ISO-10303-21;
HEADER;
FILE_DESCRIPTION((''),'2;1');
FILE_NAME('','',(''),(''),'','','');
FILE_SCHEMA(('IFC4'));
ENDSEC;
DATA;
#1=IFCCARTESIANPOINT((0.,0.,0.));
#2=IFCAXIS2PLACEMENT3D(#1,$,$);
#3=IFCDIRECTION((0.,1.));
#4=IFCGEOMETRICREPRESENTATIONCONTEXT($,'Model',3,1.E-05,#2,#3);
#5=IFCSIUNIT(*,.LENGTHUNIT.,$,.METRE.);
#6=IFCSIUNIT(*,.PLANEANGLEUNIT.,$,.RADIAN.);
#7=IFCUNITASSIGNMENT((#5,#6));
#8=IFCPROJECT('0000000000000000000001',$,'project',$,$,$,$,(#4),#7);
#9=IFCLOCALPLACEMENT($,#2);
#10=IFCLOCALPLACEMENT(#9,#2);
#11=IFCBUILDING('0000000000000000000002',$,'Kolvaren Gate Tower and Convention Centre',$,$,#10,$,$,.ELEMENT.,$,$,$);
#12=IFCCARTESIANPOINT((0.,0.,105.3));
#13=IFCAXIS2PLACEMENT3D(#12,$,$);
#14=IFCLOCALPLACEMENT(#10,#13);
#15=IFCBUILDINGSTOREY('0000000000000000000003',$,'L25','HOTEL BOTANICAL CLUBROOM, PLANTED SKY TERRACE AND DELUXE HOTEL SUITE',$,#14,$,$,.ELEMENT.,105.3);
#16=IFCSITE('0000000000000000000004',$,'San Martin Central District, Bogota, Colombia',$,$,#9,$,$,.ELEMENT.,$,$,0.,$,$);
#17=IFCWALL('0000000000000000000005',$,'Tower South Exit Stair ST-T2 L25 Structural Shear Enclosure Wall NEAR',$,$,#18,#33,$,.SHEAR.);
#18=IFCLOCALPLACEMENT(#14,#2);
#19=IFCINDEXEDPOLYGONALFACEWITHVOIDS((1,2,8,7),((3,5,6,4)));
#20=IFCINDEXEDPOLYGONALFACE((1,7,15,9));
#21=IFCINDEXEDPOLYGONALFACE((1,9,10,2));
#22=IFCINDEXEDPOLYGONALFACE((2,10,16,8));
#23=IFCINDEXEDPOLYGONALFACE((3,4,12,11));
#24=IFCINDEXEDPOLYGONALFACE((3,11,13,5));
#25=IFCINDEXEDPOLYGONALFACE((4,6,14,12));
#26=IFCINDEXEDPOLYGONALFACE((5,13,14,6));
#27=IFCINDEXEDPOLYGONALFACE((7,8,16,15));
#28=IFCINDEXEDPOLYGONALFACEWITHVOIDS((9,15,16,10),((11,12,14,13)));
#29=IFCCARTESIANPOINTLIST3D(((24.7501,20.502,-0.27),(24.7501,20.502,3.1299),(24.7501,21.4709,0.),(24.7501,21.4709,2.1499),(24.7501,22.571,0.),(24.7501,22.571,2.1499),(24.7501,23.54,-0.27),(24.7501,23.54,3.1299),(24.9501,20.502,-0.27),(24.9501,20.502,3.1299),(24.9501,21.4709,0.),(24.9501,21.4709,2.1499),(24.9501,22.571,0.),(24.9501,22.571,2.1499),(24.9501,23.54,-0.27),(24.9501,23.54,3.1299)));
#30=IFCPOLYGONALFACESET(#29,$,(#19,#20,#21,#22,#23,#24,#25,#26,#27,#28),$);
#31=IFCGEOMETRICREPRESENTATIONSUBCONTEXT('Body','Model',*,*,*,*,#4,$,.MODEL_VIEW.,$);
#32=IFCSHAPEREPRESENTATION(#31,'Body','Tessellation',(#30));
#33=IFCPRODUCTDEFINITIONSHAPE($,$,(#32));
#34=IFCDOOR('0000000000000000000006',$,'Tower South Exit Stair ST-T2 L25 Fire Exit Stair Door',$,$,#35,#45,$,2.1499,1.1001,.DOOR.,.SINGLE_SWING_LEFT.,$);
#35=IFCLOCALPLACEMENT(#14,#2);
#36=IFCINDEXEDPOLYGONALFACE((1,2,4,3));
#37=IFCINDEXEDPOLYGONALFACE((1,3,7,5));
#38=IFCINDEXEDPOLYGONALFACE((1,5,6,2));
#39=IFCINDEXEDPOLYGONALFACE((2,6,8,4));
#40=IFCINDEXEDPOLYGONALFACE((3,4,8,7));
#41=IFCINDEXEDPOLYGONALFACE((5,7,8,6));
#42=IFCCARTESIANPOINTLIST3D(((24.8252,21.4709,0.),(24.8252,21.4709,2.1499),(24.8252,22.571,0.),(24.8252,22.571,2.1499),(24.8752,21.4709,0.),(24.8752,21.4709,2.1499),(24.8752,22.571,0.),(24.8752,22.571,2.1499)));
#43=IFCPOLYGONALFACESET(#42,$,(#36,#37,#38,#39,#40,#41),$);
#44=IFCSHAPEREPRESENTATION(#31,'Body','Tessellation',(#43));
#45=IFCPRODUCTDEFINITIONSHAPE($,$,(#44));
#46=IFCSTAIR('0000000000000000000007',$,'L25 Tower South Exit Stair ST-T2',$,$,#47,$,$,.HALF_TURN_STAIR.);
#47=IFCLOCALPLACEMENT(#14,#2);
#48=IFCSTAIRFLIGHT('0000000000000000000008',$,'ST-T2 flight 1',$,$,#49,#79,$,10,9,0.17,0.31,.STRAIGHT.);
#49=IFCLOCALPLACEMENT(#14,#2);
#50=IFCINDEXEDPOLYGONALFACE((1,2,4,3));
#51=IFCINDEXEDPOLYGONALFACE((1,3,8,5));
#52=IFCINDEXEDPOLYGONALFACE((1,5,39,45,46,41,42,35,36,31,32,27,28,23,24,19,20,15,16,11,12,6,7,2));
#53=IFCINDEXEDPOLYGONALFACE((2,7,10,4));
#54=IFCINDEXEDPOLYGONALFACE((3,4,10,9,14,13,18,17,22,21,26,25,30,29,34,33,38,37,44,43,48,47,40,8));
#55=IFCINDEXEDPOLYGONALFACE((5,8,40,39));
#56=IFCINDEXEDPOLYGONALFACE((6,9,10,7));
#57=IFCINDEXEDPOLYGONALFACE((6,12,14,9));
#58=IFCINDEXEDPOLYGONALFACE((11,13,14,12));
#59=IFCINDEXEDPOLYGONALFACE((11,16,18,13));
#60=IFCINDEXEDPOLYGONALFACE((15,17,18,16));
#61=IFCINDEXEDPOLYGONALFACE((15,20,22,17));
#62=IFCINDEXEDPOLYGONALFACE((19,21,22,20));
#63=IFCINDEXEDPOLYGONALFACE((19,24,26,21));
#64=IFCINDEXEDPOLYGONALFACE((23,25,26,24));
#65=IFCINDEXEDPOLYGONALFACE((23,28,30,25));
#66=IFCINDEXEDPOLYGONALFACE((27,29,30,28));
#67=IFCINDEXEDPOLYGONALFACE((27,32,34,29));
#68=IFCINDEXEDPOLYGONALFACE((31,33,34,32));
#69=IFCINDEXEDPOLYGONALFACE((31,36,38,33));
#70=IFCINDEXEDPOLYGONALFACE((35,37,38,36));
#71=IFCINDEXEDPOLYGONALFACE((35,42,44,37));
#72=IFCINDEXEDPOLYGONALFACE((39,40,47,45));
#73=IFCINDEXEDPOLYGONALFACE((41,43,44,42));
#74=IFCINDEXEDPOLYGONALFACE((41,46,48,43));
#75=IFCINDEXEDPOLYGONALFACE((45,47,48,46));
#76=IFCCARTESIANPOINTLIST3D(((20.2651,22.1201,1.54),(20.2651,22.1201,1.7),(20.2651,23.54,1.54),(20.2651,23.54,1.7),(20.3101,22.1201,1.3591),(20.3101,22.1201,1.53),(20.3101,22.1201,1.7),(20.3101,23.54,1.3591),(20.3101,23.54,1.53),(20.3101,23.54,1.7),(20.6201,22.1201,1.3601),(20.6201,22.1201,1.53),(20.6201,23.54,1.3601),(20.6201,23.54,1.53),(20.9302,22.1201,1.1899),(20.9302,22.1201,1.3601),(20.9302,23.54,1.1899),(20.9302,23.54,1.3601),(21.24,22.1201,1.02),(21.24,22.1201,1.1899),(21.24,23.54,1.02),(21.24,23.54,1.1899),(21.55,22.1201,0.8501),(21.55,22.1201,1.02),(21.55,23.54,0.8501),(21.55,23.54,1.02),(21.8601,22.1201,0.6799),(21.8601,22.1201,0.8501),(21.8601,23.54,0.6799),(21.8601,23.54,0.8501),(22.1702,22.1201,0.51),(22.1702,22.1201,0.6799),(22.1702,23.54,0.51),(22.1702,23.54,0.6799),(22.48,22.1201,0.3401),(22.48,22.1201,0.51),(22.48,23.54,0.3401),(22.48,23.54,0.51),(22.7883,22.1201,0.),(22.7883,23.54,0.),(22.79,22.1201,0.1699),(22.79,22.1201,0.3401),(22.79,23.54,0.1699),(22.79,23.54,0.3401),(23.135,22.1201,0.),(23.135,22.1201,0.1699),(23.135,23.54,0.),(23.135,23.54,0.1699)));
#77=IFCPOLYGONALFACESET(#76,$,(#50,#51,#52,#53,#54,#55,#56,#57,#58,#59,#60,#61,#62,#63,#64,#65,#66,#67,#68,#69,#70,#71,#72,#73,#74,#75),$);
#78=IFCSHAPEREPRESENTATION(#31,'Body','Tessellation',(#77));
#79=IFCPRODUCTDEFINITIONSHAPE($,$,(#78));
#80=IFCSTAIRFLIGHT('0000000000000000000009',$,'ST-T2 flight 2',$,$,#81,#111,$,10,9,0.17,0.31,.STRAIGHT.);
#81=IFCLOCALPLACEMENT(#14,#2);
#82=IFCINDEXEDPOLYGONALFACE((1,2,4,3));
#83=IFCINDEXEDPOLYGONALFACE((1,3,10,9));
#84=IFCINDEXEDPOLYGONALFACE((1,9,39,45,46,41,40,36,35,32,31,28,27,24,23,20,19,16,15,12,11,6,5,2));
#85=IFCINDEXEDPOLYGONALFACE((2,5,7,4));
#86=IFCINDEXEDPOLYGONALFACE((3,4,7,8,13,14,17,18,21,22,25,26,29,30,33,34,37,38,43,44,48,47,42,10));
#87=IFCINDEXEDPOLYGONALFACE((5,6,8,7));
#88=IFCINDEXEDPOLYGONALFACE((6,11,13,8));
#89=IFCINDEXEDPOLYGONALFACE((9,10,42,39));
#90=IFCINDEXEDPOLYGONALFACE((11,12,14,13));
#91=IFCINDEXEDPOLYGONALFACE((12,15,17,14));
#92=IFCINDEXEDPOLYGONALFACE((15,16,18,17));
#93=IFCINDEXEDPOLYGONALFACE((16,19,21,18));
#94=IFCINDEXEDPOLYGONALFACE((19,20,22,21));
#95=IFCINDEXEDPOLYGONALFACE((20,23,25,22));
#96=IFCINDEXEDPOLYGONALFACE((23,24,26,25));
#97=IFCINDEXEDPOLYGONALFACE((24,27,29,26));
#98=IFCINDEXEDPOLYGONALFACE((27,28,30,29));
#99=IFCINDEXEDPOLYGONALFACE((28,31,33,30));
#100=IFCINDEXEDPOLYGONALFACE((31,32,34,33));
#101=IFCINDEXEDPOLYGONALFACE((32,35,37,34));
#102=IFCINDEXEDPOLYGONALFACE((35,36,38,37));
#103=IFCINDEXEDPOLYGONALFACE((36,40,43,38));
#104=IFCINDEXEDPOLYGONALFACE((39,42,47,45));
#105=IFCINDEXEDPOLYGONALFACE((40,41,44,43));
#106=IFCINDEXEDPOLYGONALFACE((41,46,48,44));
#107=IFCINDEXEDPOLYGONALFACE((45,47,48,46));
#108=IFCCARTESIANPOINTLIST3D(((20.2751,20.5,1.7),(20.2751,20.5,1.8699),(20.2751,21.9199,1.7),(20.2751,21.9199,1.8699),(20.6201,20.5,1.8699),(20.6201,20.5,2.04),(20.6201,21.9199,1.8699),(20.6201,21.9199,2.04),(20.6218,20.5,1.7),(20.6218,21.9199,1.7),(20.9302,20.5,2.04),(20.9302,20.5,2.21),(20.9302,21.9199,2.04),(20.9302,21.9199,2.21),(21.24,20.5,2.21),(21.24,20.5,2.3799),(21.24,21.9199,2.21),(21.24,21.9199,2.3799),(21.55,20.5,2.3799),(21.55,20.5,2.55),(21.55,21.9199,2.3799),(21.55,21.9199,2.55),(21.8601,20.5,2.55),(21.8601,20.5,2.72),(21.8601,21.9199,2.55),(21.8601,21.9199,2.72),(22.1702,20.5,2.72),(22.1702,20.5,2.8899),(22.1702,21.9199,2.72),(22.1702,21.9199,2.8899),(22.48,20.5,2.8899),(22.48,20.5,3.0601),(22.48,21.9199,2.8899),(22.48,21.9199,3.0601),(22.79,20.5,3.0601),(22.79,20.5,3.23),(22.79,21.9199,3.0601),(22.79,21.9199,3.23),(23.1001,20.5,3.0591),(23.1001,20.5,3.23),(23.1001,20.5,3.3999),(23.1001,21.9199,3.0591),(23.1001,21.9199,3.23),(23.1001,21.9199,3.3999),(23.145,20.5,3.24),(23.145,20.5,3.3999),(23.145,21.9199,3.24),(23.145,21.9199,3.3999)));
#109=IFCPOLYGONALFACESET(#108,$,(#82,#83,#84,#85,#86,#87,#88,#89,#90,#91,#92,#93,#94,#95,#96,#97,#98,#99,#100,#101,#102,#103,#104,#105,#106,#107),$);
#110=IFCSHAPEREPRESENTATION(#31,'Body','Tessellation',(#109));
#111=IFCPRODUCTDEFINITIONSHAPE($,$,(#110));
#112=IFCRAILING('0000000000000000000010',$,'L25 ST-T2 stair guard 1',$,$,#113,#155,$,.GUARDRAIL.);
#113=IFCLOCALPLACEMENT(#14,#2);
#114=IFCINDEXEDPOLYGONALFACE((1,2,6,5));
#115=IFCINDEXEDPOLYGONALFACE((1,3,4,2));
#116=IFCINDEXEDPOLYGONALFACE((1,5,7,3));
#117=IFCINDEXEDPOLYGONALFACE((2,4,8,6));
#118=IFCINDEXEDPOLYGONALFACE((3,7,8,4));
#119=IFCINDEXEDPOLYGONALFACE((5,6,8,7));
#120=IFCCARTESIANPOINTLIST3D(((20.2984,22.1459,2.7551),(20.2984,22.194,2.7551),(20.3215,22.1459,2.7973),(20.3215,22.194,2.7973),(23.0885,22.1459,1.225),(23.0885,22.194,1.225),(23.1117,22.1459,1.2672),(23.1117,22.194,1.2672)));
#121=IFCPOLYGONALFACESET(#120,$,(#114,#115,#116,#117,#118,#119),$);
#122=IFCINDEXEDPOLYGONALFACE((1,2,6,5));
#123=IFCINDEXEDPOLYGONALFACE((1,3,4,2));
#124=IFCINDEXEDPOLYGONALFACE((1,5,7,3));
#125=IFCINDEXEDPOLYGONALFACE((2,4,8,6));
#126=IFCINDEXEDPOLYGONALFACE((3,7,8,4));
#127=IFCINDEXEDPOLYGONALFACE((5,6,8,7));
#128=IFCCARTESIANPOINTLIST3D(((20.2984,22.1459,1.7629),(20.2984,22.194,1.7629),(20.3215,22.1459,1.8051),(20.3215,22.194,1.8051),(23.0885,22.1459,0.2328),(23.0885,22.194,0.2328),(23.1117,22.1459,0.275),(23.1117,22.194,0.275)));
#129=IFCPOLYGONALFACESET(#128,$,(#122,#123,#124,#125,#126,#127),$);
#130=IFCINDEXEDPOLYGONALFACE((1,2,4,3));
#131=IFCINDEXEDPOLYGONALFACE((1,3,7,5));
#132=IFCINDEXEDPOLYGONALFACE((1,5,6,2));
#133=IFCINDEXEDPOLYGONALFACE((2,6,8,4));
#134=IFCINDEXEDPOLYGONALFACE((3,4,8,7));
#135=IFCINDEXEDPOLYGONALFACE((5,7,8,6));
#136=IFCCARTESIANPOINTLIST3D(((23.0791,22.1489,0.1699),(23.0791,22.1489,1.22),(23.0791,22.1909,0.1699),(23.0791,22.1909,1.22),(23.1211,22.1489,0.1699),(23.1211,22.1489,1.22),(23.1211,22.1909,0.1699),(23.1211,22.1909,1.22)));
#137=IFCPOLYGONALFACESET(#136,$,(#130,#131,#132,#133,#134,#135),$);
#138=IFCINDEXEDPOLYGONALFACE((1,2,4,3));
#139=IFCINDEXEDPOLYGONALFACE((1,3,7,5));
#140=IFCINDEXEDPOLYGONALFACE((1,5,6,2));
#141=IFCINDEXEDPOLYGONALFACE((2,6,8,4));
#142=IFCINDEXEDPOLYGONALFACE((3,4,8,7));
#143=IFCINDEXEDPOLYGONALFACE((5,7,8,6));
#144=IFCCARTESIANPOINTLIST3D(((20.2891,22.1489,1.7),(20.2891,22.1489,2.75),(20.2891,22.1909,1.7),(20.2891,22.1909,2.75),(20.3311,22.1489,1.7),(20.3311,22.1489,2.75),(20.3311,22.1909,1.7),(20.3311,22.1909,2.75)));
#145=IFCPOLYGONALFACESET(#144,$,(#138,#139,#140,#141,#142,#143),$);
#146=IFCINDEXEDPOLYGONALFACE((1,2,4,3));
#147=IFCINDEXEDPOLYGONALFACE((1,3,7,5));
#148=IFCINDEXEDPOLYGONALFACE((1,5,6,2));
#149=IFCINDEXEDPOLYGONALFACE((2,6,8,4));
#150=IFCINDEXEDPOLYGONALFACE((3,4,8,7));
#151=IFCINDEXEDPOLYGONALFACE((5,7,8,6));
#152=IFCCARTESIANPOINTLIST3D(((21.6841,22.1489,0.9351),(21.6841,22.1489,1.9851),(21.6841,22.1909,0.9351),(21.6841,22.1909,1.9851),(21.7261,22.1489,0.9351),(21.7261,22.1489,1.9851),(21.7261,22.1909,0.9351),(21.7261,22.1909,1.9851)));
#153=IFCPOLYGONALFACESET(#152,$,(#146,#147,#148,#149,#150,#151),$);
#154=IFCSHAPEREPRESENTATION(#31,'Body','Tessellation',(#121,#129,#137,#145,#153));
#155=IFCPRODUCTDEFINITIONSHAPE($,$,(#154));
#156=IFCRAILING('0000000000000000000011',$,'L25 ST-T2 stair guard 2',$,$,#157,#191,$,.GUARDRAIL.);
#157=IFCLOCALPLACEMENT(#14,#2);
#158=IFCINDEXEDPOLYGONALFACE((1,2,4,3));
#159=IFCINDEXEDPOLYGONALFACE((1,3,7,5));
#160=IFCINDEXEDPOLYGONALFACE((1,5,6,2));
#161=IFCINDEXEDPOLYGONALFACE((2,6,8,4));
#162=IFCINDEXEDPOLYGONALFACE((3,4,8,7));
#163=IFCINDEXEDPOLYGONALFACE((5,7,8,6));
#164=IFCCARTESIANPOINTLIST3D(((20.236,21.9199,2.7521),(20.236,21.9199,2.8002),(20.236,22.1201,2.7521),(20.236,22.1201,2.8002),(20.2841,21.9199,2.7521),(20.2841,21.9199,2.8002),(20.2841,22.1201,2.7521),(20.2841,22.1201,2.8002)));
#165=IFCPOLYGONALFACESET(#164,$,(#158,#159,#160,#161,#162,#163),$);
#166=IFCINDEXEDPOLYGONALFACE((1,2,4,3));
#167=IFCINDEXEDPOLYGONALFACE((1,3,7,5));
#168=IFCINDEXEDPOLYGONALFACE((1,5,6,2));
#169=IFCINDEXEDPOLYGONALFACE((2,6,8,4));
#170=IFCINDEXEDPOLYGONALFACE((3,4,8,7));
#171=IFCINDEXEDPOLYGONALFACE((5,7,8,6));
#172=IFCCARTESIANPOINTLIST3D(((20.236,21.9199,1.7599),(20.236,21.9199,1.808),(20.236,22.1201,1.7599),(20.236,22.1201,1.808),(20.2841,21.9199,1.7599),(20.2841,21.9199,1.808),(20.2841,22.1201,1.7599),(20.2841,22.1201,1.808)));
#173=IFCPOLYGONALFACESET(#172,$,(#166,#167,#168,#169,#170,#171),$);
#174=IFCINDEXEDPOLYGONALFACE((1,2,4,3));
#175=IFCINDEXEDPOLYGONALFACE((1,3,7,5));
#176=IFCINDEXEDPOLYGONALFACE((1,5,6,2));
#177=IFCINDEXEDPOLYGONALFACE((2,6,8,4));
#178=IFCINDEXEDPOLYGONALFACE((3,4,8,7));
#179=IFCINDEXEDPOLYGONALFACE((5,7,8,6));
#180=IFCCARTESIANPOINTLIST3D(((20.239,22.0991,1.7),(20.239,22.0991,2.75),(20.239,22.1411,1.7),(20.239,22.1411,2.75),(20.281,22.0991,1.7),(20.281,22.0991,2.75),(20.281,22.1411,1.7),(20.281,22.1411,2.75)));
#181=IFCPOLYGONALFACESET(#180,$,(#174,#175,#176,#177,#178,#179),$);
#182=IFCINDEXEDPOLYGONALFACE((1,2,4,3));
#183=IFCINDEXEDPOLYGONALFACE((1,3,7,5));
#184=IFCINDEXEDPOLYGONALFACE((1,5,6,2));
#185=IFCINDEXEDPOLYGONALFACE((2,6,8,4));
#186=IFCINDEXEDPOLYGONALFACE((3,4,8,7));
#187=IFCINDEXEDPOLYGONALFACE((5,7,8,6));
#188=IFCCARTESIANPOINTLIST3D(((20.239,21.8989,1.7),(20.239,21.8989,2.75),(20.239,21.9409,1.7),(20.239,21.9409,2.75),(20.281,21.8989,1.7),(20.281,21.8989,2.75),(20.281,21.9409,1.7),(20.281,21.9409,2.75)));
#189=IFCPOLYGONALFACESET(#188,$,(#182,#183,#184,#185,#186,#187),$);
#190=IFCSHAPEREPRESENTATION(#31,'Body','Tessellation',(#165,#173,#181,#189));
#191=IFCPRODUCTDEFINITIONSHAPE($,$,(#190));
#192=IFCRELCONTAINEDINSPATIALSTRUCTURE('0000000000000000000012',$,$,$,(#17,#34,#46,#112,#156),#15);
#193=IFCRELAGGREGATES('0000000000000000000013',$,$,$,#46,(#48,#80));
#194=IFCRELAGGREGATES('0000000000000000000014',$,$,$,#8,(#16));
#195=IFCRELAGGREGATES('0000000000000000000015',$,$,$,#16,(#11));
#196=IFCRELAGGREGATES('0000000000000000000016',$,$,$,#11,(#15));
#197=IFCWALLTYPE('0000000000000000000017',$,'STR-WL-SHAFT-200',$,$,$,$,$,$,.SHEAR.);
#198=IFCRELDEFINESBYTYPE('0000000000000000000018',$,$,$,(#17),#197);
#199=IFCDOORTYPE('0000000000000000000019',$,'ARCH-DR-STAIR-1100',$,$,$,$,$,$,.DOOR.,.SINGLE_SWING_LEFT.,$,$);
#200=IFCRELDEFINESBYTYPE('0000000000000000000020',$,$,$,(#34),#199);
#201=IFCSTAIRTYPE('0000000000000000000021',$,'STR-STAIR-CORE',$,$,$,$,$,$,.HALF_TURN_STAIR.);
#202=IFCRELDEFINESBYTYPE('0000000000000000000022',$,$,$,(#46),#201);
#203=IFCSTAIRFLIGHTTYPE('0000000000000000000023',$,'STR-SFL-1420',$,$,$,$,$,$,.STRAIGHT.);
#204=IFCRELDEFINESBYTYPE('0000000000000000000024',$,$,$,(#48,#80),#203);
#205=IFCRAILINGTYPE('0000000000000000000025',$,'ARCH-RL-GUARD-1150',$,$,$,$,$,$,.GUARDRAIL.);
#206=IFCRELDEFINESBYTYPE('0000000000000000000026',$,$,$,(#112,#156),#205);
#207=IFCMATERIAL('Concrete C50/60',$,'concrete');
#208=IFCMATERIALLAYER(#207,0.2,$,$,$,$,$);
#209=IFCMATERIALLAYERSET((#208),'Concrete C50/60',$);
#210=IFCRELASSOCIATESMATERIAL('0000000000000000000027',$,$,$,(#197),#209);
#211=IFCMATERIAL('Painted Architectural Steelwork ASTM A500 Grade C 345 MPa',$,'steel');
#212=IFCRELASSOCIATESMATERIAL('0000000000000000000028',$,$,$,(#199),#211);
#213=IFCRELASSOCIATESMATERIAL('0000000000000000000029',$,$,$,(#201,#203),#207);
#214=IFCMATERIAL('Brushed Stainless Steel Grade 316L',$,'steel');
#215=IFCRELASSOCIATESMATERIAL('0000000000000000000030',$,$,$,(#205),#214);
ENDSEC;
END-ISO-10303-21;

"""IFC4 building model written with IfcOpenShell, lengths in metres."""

from ifc_helpers import new_model, si_unit, direction, frame, frame_2d, origin, origin_2d, place, context, subcontext, project, spatial, polyline, rectangle, outline, extrude, material, layer, layer_set, type_object, element, fill, aggregate, save


model = new_model("IFC4")

# Units and contexts
model_context = context("Model", 3, precision=1e-05, world=origin(), true_north=direction((0.0, 1.0)))
body_context = subcontext(model_context, "Body", "Model", "MODEL_VIEW")
ifc_project = project(units=[si_unit("LENGTHUNIT", "METRE"), si_unit("PLANEANGLEUNIT", "RADIAN")], contexts=[model_context])

# Site, building, storey
site_placement = place(None, origin())
site = spatial("IfcSite", under=ifc_project, at=site_placement, Name="San Martin Central District, Bogota, Colombia", CompositionType="ELEMENT", RefElevation=0.0)
building_placement = place(site_placement, origin())
building = spatial("IfcBuilding", under=site, at=building_placement, Name="Kolvaren Gate Tower and Convention Centre", CompositionType="ELEMENT")
storey_placement = place(building_placement, frame((0.0, 0.0, 105.3)))
storey = spatial("IfcBuildingStorey", under=building, at=storey_placement, Name="L25", Description="HOTEL BOTANICAL CLUBROOM, PLANTED SKY TERRACE AND DELUXE HOTEL SUITE", CompositionType="ELEMENT", Elevation=105.3)

# Shared definitions
ifc_material_1 = material(Name="Painted Architectural Steelwork ASTM A500 Grade C 345 MPa", Category="steel")

# Wall, opening, door
ifc_material_2 = material(Name="Concrete C50/60", Category="concrete")
ifc_layer_1 = layer(ifc_material_2, 0.2)
ifc_layer_set_1 = layer_set([ifc_layer_1], Name="Concrete C50/60")
wall_type_1 = type_object("IfcWallType", Name="STR-WL-SHAFT-200", PredefinedType="SHEAR", material=ifc_layer_set_1)
wall_1_placement = place(storey_placement, frame((24.8501, 20.502, -0.27), z_axis=(0.0, 0.0, 1.0), x_axis=(0.0, 1.0, 0.0)))
wall_1 = element("IfcWall", 1, at=wall_1_placement, inside=storey, type_object=wall_type_1, Name="Tower South Exit Stair ST-T2 L25 Structural Shear Enclosure Wall NEAR", PredefinedType="SHEAR", context=body_context, shape_type="SweptSolid", body=[
    extrude(rectangle(XDim=3.0381, YDim=0.2, at=frame_2d((1.519, 0.0))), origin(), (0.0, 0.0, 1.0), 3.3999),
])
opening_1_placement = place(wall_1_placement, frame((0.969, 0.0, 0.27)))
opening_1 = element("IfcOpeningElement", 2, at=opening_1_placement, cuts=wall_1, PredefinedType="OPENING", context=body_context, shape_type="SweptSolid", body=[
    extrude(rectangle(XDim=1.1001, YDim=2.1499, at=frame_2d((0.55, 1.075))), frame((0.0, 0.1099, 0.0), z_axis=(0.0, -1.0, 0.0), x_axis=(1.0, 0.0, 0.0)), (0.0, 0.0, 1.0), 0.22),
])
door_type_1 = type_object("IfcDoorType", Name="ARCH-DR-STAIR-1100", OperationType="SINGLE_SWING_LEFT", PredefinedType="DOOR", material=ifc_material_1)
door_1_placement = place(opening_1_placement, origin())
door_1 = element("IfcDoor", 3, at=door_1_placement, inside=storey, type_object=door_type_1, Name="Tower South Exit Stair ST-T2 L25 Fire Exit Stair Door", OperationType="SINGLE_SWING_LEFT", OverallHeight=2.1499, OverallWidth=1.1001, PredefinedType="DOOR", context=body_context, shape_type="SweptSolid", body=[
    extrude(rectangle(XDim=1.1001, YDim=2.1499, at=frame_2d((0.55, 1.075))), frame((0.0, 0.0249, 0.0), z_axis=(0.0, -1.0, 0.0), x_axis=(1.0, 0.0, 0.0)), (0.0, 0.0, 1.0), 0.05),
])
fill(opening_1, door_1)

# Stair, stair flights
stair_type = type_object("IfcStairType", Name="STR-STAIR-CORE", PredefinedType="HALF_TURN_STAIR", material=ifc_material_2)
stair_placement = place(storey_placement, origin())
stair = element("IfcStair", 4, at=stair_placement, inside=storey, type_object=stair_type, Name="L25 Tower South Exit Stair ST-T2", PredefinedType="HALF_TURN_STAIR")
stair_flight_type = type_object("IfcStairFlightType", Name="STR-SFL-1420", PredefinedType="STRAIGHT", material=ifc_material_2)
stair_flight_1_placement = place(storey_placement, frame((23.1001, 22.8301, 0.0), z_axis=(0.0, 0.0, 1.0), x_axis=(-1.0, 0.0, 0.0)))
stair_flight_1 = element("IfcStairFlight", 5, at=stair_flight_1_placement, type_object=stair_flight_type, Name="ST-T2 flight 1", NumberOfRisers=10, NumberOfTreads=9, PredefinedType="STRAIGHT", RiserHeight=0.17, TreadLength=0.31, context=body_context, shape_type="SweptSolid", body=[
    extrude(outline(polyline([(-0.0349, 0.0), (-0.0349, 0.1699), (0.3101, 0.1699), (0.3101, 0.3401), (0.6201, 0.3401), (0.6201, 0.51), (0.9299, 0.51), (0.9299, 0.6799), (1.24, 0.6799), (1.24, 0.8501), (1.55, 0.8501), (1.55, 1.02), (1.8601, 1.02), (1.8601, 1.1899), (2.1699, 1.1899), (2.1699, 1.3601), (2.48, 1.3601), (2.48, 1.53), (2.79, 1.53), (2.79, 1.7), (2.835, 1.7), (2.835, 1.54), (2.79, 1.3591), (0.3118, 0.0), (-0.0349, 0.0)])), frame((0.0, 0.71, 0.0), z_axis=(0.0, -1.0, 0.0), x_axis=(1.0, 0.0, 0.0)), (0.0, 0.0, 1.0), 1.4199),
])
stair_flight_2_placement = place(storey_placement, frame((20.3101, 21.21, 1.7), z_axis=(0.0, 0.0, 1.0), x_axis=(1.0, 0.0, 0.0)))
stair_flight_2 = element("IfcStairFlight", 6, at=stair_flight_2_placement, type_object=stair_flight_type, Name="ST-T2 flight 2", NumberOfRisers=10, NumberOfTreads=9, PredefinedType="STRAIGHT", RiserHeight=0.17, TreadLength=0.31, context=body_context, shape_type="SweptSolid", body=[
    extrude(outline(polyline([(-0.0349, 0.0), (-0.0349, 0.1699), (0.3101, 0.1699), (0.3101, 0.3401), (0.6201, 0.3401), (0.6201, 0.51), (0.9299, 0.51), (0.9299, 0.6799), (1.24, 0.6799), (1.24, 0.8501), (1.55, 0.8501), (1.55, 1.02), (1.8601, 1.02), (1.8601, 1.1899), (2.1699, 1.1899), (2.1699, 1.3601), (2.48, 1.3601), (2.48, 1.53), (2.79, 1.53), (2.79, 1.7), (2.835, 1.7), (2.835, 1.54), (2.79, 1.3591), (0.3118, 0.0), (-0.0349, 0.0)])), frame((0.0, 0.71, 0.0), z_axis=(0.0, -1.0, 0.0), x_axis=(1.0, 0.0, 0.0)), (0.0, 0.0, 1.0), 1.4199),
])
aggregate(stair, [stair_flight_1, stair_flight_2])

# Railings
ifc_material_3 = material(Name="Brushed Stainless Steel Grade 316L", Category="steel")
railing_type_1 = type_object("IfcRailingType", Name="ARCH-RL-GUARD-1150", PredefinedType="GUARDRAIL", material=ifc_material_3)
railing_1_placement = place(storey_placement, frame((23.1001, 22.1699, 0.1699)))
element("IfcRailing", 7, at=railing_1_placement, inside=storey, type_object=railing_type_1, Name="L25 ST-T2 stair guard 1", PredefinedType="GUARDRAIL", context=body_context, shape_type="SweptSolid", body=[
    extrude(rectangle(XDim=0.0481, YDim=0.0481, at=origin_2d()), frame((0.0, 0.0, 1.0762), z_axis=(-0.876811, 0.0, 0.480835), x_axis=(0.0, -1.0, 0.0)), (0.0, 0.0, 1.0), 3.1821),
    extrude(rectangle(XDim=0.0481, YDim=0.0481, at=origin_2d()), frame((0.0, 0.0, 0.084), z_axis=(-0.876811, 0.0, 0.480835), x_axis=(0.0, -1.0, 0.0)), (0.0, 0.0, 1.0), 3.1821),
    extrude(rectangle(XDim=0.042, YDim=0.042, at=origin_2d()), origin(), (0.0, 0.0, 1.0), 1.05),
    extrude(rectangle(XDim=0.042, YDim=0.042, at=origin_2d()), frame((-2.79, 0.0, 1.53)), (0.0, 0.0, 1.0), 1.05),
    extrude(rectangle(XDim=0.042, YDim=0.042, at=origin_2d()), frame((-1.395, 0.0, 0.7651)), (0.0, 0.0, 1.0), 1.05),
])
railing_2_placement = place(storey_placement, frame((20.26, 22.1201, 1.7)))
element("IfcRailing", 8, at=railing_2_placement, inside=storey, type_object=railing_type_1, Name="L25 ST-T2 stair guard 2", PredefinedType="GUARDRAIL", context=body_context, shape_type="SweptSolid", body=[
    extrude(rectangle(XDim=0.0481, YDim=0.0481, at=origin_2d()), frame((0.0, 0.0, 1.0762), z_axis=(0.0, -1.0, 0.0), x_axis=(1.0, 0.0, 0.0)), (0.0, 0.0, 1.0), 0.2002),
    extrude(rectangle(XDim=0.0481, YDim=0.0481, at=origin_2d()), frame((0.0, 0.0, 0.084), z_axis=(0.0, -1.0, 0.0), x_axis=(1.0, 0.0, 0.0)), (0.0, 0.0, 1.0), 0.2002),
    extrude(rectangle(XDim=0.042, YDim=0.042, at=origin_2d()), origin(), (0.0, 0.0, 1.0), 1.05),
    extrude(rectangle(XDim=0.042, YDim=0.042, at=origin_2d()), frame((0.0, -0.2002, 0.0)), (0.0, 0.0, 1.0), 1.05),
])

save(model, "model.ifc")
